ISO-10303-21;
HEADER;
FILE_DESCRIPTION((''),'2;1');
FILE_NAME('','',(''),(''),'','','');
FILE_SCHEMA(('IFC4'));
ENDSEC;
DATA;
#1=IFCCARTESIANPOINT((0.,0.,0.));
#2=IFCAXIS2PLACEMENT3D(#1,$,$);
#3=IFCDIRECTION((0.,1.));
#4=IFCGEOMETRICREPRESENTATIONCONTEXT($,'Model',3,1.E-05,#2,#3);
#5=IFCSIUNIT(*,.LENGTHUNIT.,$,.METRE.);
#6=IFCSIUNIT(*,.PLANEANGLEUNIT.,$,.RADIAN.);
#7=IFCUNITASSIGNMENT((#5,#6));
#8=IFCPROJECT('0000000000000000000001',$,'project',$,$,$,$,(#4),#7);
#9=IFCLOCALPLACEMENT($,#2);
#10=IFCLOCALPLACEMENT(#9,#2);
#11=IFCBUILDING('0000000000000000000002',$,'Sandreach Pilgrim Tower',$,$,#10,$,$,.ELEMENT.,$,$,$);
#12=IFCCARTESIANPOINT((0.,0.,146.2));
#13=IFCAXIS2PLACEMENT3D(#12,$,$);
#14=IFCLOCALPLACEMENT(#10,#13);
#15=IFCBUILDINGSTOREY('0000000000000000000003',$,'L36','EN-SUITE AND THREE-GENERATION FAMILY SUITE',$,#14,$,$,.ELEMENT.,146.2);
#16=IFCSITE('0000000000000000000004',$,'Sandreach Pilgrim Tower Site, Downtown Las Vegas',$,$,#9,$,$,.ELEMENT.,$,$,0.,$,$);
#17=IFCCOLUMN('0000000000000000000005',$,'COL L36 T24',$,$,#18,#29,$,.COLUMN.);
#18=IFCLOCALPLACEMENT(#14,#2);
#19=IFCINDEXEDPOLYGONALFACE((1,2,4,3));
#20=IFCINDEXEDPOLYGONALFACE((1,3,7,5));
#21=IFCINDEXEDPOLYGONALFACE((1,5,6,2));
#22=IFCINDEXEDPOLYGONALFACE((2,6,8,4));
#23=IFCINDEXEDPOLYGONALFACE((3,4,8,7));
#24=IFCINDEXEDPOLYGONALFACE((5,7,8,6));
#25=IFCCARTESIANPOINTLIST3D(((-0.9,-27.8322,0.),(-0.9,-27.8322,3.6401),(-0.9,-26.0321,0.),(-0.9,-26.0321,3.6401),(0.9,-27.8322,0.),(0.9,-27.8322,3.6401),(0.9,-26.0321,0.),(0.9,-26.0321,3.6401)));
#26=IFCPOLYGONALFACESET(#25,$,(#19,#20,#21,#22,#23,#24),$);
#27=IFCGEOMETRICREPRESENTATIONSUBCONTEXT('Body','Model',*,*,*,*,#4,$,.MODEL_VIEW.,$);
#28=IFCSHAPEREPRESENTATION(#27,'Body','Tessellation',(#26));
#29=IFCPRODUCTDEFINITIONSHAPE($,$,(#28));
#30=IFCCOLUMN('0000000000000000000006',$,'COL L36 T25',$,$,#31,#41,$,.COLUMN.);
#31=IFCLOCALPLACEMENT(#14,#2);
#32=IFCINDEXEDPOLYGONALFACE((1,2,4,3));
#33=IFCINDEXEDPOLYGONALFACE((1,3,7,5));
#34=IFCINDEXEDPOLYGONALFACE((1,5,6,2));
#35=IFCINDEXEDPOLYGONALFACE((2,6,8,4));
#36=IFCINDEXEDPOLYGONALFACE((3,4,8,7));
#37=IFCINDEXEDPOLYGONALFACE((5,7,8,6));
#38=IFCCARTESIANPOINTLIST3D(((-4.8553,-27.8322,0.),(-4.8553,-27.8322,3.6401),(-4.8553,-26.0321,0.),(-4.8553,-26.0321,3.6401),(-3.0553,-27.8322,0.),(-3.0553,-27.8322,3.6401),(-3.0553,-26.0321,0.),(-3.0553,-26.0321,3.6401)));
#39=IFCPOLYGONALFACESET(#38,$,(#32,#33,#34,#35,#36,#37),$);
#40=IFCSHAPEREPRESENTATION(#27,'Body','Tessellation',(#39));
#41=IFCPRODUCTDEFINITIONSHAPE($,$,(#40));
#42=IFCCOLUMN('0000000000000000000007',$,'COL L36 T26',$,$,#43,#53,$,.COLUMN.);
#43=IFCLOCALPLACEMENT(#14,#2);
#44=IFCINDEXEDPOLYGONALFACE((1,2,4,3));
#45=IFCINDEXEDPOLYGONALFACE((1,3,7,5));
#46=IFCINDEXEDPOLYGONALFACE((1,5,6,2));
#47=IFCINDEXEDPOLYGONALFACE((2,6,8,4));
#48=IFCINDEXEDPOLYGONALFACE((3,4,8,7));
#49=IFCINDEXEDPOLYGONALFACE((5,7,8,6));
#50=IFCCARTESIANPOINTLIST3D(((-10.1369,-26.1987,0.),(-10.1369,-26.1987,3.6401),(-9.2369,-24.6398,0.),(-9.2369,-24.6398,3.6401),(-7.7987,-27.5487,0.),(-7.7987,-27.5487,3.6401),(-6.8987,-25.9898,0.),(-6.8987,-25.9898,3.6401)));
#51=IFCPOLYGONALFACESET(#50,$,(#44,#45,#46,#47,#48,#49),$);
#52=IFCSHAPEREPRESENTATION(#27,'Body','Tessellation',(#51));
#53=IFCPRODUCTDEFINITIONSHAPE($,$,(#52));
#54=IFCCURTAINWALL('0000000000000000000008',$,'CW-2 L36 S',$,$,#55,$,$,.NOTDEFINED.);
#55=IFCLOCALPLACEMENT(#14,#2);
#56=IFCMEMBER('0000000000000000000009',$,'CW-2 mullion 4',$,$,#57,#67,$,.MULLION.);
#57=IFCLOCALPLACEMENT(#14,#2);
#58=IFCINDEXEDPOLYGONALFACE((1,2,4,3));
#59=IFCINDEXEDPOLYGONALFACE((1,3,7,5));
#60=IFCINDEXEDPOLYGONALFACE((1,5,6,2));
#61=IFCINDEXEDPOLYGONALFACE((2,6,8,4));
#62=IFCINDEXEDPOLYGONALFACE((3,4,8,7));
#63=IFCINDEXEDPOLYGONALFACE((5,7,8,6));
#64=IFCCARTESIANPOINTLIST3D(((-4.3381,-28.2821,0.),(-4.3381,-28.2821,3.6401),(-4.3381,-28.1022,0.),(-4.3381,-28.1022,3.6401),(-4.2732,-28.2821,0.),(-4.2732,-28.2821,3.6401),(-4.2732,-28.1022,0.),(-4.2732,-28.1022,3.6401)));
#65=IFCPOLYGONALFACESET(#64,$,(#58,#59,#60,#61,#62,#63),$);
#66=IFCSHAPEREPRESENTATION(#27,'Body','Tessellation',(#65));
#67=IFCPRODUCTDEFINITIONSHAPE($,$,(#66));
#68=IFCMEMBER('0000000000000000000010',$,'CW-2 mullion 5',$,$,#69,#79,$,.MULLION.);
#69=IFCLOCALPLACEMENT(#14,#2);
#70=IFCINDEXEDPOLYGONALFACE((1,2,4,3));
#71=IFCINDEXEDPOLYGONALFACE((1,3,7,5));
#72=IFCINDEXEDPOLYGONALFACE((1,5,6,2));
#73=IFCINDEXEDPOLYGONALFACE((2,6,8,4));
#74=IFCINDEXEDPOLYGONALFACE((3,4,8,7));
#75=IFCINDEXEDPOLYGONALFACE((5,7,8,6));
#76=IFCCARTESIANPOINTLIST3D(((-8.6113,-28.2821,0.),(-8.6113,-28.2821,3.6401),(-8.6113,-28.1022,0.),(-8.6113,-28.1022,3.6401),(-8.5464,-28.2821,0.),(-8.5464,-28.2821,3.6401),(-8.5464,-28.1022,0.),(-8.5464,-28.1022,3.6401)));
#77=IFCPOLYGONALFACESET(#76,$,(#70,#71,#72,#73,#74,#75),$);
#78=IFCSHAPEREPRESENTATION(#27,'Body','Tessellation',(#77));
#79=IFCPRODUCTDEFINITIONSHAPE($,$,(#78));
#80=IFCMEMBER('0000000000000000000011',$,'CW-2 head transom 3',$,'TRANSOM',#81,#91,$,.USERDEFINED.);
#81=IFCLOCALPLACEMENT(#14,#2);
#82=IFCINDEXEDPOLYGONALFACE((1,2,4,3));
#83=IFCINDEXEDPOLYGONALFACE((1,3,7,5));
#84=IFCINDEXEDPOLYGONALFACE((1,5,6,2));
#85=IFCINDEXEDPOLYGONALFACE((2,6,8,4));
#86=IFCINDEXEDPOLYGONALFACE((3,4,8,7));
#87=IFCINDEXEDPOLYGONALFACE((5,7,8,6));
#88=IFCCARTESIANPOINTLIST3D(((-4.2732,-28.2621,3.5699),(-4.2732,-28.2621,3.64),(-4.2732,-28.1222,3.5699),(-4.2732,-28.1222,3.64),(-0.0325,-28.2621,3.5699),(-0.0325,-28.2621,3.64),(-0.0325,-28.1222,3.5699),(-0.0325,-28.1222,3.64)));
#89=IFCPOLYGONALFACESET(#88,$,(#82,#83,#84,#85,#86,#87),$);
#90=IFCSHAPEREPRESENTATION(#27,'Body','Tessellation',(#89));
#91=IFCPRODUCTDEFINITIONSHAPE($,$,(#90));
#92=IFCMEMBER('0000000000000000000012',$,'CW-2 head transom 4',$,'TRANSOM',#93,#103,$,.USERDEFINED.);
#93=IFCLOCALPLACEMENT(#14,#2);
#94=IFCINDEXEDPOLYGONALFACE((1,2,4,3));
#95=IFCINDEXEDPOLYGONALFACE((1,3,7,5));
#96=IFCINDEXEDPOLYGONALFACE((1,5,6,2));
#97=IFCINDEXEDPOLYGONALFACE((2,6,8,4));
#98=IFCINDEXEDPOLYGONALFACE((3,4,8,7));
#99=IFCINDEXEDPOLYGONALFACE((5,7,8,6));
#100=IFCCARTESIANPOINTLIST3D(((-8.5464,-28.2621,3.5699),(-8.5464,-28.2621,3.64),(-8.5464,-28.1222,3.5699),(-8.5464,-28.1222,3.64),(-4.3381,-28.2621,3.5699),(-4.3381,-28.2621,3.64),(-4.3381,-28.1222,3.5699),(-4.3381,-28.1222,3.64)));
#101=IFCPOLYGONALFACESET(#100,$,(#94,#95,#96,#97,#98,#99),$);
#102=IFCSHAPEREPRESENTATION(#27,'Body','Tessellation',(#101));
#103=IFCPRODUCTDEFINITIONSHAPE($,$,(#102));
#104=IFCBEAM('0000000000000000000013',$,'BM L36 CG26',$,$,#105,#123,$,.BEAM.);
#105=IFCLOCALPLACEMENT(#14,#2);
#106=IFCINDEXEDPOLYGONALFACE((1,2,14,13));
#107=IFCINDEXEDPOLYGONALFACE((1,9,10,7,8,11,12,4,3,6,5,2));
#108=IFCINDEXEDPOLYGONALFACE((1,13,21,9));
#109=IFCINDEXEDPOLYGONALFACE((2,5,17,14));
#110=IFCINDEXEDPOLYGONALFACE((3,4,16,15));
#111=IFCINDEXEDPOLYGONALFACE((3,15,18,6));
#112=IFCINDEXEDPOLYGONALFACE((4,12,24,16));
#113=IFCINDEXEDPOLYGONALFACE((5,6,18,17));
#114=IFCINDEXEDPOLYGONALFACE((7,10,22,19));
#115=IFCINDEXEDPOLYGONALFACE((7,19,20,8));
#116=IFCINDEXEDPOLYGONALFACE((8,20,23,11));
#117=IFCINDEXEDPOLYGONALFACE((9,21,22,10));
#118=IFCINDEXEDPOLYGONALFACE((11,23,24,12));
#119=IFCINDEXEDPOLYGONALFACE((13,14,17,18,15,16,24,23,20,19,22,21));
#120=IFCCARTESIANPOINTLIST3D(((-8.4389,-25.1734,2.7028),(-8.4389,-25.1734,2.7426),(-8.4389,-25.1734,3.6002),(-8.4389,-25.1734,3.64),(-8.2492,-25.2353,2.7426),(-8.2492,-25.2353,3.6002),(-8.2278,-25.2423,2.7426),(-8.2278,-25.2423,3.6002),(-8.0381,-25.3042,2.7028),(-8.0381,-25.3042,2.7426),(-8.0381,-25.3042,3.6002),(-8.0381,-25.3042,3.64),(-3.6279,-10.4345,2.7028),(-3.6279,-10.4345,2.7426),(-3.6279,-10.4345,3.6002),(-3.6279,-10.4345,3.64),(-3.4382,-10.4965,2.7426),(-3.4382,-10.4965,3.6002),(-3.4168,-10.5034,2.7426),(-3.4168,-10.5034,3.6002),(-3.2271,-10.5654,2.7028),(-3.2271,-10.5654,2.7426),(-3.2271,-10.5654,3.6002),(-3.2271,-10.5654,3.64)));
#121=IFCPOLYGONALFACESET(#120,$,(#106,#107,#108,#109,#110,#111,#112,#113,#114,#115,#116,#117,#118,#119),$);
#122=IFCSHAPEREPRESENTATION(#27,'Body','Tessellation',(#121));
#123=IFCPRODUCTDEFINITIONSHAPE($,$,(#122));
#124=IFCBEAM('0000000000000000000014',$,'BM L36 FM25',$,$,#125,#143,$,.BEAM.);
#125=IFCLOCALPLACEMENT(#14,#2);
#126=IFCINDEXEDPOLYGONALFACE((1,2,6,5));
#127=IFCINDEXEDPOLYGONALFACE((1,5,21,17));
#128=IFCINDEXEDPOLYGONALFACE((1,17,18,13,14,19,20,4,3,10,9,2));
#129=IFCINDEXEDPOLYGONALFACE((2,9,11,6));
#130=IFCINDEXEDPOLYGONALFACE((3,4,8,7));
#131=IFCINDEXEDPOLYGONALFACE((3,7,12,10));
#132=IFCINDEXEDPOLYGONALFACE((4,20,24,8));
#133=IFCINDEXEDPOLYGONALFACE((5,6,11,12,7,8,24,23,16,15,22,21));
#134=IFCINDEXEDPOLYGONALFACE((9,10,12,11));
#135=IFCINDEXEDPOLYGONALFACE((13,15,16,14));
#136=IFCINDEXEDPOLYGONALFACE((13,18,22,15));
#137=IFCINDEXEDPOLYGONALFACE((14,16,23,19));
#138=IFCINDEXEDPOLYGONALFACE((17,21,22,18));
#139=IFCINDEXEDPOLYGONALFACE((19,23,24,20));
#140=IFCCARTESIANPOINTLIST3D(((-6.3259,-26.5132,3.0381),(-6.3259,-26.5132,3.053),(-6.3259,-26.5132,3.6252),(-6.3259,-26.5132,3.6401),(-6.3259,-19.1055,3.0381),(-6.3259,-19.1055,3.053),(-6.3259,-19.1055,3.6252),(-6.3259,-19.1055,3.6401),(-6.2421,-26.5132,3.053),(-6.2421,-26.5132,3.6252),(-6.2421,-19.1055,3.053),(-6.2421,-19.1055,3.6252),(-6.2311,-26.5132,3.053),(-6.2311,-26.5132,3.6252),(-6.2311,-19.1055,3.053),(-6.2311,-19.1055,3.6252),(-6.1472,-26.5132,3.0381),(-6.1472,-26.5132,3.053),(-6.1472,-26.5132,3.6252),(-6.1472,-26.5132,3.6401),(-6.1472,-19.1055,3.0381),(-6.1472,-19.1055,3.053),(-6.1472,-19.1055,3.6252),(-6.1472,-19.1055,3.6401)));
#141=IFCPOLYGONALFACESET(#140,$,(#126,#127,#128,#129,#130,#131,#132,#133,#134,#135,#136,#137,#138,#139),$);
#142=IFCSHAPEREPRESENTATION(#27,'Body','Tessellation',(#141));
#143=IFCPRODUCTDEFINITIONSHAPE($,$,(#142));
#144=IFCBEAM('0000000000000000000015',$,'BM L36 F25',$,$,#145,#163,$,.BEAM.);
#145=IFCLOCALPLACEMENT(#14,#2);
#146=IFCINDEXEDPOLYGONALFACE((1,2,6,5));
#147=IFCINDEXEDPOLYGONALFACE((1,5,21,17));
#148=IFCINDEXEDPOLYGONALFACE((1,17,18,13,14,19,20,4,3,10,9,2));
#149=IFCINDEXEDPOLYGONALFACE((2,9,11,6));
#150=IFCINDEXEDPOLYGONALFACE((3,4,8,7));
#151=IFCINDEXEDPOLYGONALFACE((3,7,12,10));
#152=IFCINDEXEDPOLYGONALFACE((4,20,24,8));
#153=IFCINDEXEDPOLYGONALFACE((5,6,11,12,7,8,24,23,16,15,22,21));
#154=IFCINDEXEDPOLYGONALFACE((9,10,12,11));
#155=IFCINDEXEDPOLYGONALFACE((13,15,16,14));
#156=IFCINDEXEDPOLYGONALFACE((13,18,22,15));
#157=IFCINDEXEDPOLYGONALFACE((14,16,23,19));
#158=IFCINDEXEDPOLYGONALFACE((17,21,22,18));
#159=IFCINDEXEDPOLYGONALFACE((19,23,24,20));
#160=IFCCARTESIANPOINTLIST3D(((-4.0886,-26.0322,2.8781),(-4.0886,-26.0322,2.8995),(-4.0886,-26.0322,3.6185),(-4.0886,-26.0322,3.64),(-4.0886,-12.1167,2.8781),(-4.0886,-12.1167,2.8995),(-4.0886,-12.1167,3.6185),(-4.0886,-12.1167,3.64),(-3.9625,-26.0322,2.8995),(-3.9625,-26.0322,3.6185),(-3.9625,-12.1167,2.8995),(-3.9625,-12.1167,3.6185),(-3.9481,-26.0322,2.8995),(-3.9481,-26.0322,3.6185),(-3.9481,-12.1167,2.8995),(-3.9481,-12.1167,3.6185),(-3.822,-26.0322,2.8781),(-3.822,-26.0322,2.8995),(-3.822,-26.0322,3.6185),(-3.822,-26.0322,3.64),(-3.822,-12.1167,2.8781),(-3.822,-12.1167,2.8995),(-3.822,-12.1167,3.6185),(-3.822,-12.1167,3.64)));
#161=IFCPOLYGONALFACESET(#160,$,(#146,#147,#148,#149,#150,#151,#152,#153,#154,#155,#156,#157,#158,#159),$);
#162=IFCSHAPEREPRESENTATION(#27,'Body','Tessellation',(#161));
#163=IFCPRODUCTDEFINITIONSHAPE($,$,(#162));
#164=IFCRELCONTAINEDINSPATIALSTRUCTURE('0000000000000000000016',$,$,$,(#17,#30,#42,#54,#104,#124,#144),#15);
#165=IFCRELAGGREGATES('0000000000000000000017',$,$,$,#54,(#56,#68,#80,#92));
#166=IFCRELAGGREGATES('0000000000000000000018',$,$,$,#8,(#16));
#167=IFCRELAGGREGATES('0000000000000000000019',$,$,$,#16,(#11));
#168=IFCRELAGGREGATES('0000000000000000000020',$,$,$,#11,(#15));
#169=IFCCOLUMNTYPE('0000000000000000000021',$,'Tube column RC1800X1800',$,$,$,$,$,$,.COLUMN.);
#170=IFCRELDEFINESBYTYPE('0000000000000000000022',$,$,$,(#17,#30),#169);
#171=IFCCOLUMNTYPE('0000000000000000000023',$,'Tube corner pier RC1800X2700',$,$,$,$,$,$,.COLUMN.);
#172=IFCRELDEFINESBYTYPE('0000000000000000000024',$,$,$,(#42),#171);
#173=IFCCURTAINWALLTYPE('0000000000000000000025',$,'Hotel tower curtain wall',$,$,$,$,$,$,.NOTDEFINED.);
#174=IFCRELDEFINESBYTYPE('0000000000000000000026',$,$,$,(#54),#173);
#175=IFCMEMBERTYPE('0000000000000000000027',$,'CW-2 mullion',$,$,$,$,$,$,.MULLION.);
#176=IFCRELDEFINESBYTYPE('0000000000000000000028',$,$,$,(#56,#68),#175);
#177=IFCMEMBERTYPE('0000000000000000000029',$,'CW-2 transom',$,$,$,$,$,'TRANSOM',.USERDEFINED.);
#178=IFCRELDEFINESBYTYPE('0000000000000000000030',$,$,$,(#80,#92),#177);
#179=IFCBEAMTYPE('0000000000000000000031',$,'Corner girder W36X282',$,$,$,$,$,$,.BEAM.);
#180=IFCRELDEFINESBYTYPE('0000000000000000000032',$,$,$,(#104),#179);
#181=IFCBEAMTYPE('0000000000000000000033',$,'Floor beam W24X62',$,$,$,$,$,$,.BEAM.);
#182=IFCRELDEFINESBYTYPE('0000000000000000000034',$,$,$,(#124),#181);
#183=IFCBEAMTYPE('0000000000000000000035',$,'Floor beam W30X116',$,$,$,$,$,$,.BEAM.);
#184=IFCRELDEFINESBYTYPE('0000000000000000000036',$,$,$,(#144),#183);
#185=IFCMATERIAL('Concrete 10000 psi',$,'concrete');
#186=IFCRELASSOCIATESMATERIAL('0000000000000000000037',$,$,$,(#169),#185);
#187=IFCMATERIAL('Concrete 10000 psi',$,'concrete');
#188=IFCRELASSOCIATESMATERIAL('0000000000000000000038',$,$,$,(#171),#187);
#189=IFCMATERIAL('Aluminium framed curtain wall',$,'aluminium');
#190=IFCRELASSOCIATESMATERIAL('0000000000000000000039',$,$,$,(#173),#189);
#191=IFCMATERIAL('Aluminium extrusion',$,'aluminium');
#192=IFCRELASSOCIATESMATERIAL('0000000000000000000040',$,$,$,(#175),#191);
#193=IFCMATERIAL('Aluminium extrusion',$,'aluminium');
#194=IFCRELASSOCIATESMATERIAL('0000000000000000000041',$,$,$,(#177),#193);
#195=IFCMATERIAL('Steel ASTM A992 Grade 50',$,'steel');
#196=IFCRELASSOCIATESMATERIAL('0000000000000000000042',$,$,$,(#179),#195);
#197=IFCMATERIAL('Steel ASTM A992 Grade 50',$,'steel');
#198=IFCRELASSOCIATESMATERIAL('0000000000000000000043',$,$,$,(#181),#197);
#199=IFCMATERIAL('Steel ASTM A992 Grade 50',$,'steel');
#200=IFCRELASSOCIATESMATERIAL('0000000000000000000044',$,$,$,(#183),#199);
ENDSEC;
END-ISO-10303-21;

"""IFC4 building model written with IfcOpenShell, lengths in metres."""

from ifc_helpers import new_model, si_unit, direction, frame, origin, origin_2d, place, context, subcontext, project, spatial, rectangle, i_section, extrude, clip, halfspace, material, material_profile, profile_set, type_object, element, aggregate, save


model = new_model("IFC4")

# Units and contexts
model_context = context("Model", 3, precision=1e-05, world=origin(), true_north=direction((0.0, 1.0)))
body_context = subcontext(model_context, "Body", "Model", "MODEL_VIEW")
ifc_project = project(units=[si_unit("LENGTHUNIT", "METRE"), si_unit("PLANEANGLEUNIT", "RADIAN")], contexts=[model_context])

# Site, building, storey
site_placement = place(None, origin())
site = spatial("IfcSite", under=ifc_project, at=site_placement, Name="Sandreach Pilgrim Tower Site, Downtown Las Vegas", CompositionType="ELEMENT", RefElevation=0.0)
building_placement = place(site_placement, origin())
building = spatial("IfcBuilding", under=site, at=building_placement, Name="Sandreach Pilgrim Tower", CompositionType="ELEMENT")
storey_placement = place(building_placement, frame((0.0, 0.0, 146.2)))
storey = spatial("IfcBuildingStorey", under=building, at=storey_placement, Name="L36", Description="EN-SUITE AND THREE-GENERATION FAMILY SUITE", CompositionType="ELEMENT", Elevation=146.2)

# Columns
ifc_material_1 = material(Name="Concrete 10000 psi", Category="concrete")
ifc_material_profile_1 = material_profile(ifc_material_1, rectangle(XDim=1.8, YDim=1.8, at=origin_2d()), Name="RC1800X1800")
ifc_profile_set_1 = profile_set([ifc_material_profile_1], Name="Concrete 10000 psi")
column_type_1 = type_object("IfcColumnType", Name="Tube column RC1800X1800", PredefinedType="COLUMN", material=ifc_profile_set_1)
column_1_placement = place(storey_placement, frame((0.0, -26.9321, 0.0), z_axis=(0.0, 0.0, 1.0), x_axis=(0.0, -1.0, 0.0)))
element("IfcColumn", 1, at=column_1_placement, inside=storey, type_object=column_type_1, Name="COL L36 T24", PredefinedType="COLUMN", context=body_context, shape_type="SweptSolid", body=[
    clip(extrude(rectangle(XDim=1.8, YDim=1.8, at=origin_2d()), origin(), (0.0, 0.0, 1.0), 3.7468), halfspace(frame((0.0, 0.0, 3.6401)), False)),
])
column_2_placement = place(storey_placement, frame((-3.9553, -26.9321, 0.0), z_axis=(0.0, 0.0, 1.0), x_axis=(0.0, -1.0, 0.0)))
element("IfcColumn", 2, at=column_2_placement, inside=storey, type_object=column_type_1, Name="COL L36 T25", PredefinedType="COLUMN", context=body_context, shape_type="SweptSolid", body=[
    clip(extrude(rectangle(XDim=1.8, YDim=1.8, at=origin_2d()), origin(), (0.0, 0.0, 1.0), 3.7393), halfspace(frame((0.0, 0.0, 3.6401)), False)),
])
ifc_material_2 = material(Name="Concrete 10000 psi", Category="concrete")
ifc_material_profile_2 = material_profile(ifc_material_2, rectangle(XDim=1.8, YDim=2.7, at=origin_2d()), Name="RC1800X2700")
ifc_profile_set_2 = profile_set([ifc_material_profile_2], Name="Concrete 10000 psi")
column_type_2 = type_object("IfcColumnType", Name="Tube corner pier RC1800X2700", PredefinedType="COLUMN", material=ifc_profile_set_2)
column_3_placement = place(storey_placement, frame((-8.5178, -26.0942, 0.0), z_axis=(0.0, 0.0, 1.0), x_axis=(-0.5, -0.866025, 0.0)))
element("IfcColumn", 3, at=column_3_placement, inside=storey, type_object=column_type_2, Name="COL L36 T26", PredefinedType="COLUMN", context=body_context, shape_type="SweptSolid", body=[
    clip(extrude(rectangle(XDim=1.8, YDim=2.7, at=origin_2d()), origin(), (0.0, 0.0, 1.0), 3.7288), halfspace(frame((0.0, 0.0, 3.6401)), False)),
])

# Curtain wall, members
ifc_material_3 = material(Name="Aluminium framed curtain wall", Category="aluminium")
curtain_wall_type = type_object("IfcCurtainWallType", Name="Hotel tower curtain wall", PredefinedType="NOTDEFINED", material=ifc_material_3)
curtain_wall_placement = place(storey_placement, origin())
curtain_wall = element("IfcCurtainWall", 4, at=curtain_wall_placement, inside=storey, type_object=curtain_wall_type, Name="CW-2 L36 S", PredefinedType="NOTDEFINED")
ifc_material_4 = material(Name="Aluminium extrusion", Category="aluminium")
ifc_material_profile_3 = material_profile(ifc_material_4, rectangle(XDim=0.0649, YDim=0.1799, at=origin_2d()), Name="CW-2M 65X180")
ifc_profile_set_3 = profile_set([ifc_material_profile_3], Name="Aluminium extrusion")
member_type_1 = type_object("IfcMemberType", Name="CW-2 mullion", PredefinedType="MULLION", material=ifc_profile_set_3)
member_1_placement = place(storey_placement, frame((-4.3057, -28.1921, 0.0), z_axis=(0.0, 0.0, 1.0), x_axis=(-1.0, 0.0, 0.0)))
member_1 = element("IfcMember", 5, at=member_1_placement, type_object=member_type_1, Name="CW-2 mullion 4", PredefinedType="MULLION", context=body_context, shape_type="SweptSolid", body=[
    extrude(rectangle(XDim=0.0649, YDim=0.1799, at=origin_2d()), origin(), (0.0, 0.0, 1.0), 3.6401),
])
member_2_placement = place(storey_placement, frame((-8.5789, -28.1921, 0.0), z_axis=(0.0, 0.0, 1.0), x_axis=(-1.0, 0.0, 0.0)))
member_2 = element("IfcMember", 6, at=member_2_placement, type_object=member_type_1, Name="CW-2 mullion 5", PredefinedType="MULLION", context=body_context, shape_type="SweptSolid", body=[
    extrude(rectangle(XDim=0.0649, YDim=0.1799, at=origin_2d()), origin(), (0.0, 0.0, 1.0), 3.6401),
])
ifc_material_5 = material(Name="Aluminium extrusion", Category="aluminium")
ifc_material_profile_4 = material_profile(ifc_material_5, rectangle(XDim=0.1399, YDim=0.0701, at=origin_2d()), Name="CW-2T 140X70")
ifc_profile_set_4 = profile_set([ifc_material_profile_4], Name="Aluminium extrusion")
member_type_2 = type_object("IfcMemberType", Name="CW-2 transom", ElementType="TRANSOM", PredefinedType="USERDEFINED", material=ifc_profile_set_4)
member_3_placement = place(storey_placement, frame((-0.0325, -28.1921, 3.605), z_axis=(-1.0, 0.0, 0.0), x_axis=(0.0, -1.0, 0.0)))
member_3 = element("IfcMember", 7, at=member_3_placement, type_object=member_type_2, Name="CW-2 head transom 3", ObjectType="TRANSOM", PredefinedType="USERDEFINED", context=body_context, shape_type="SweptSolid", body=[
    extrude(rectangle(XDim=0.1399, YDim=0.0701, at=origin_2d()), origin(), (0.0, 0.0, 1.0), 4.2407),
])
member_4_placement = place(storey_placement, frame((-4.3381, -28.1921, 3.605), z_axis=(-1.0, 0.0, 0.0), x_axis=(0.0, -1.0, 0.0)))
member_4 = element("IfcMember", 8, at=member_4_placement, type_object=member_type_2, Name="CW-2 head transom 4", ObjectType="TRANSOM", PredefinedType="USERDEFINED", context=body_context, shape_type="SweptSolid", body=[
    extrude(rectangle(XDim=0.1399, YDim=0.0701, at=origin_2d()), origin(), (0.0, 0.0, 1.0), 4.2083),
])

# Beams
ifc_material_6 = material(Name="Steel ASTM A992 Grade 50", Category="steel")
ifc_material_profile_5 = material_profile(ifc_material_6, i_section(OverallWidth=0.4216, OverallDepth=0.9373, WebThickness=0.0225, FlangeThickness=0.0398, at=origin_2d()), Name="W36X282")
ifc_profile_set_5 = profile_set([ifc_material_profile_5], Name="Steel ASTM A992 Grade 50")
beam_type_1 = type_object("IfcBeamType", Name="Corner girder W36X282", PredefinedType="BEAM", material=ifc_profile_set_5)
beam_1_placement = place(storey_placement, frame((-8.2385, -25.2388, 3.1714), z_axis=(0.310307, 0.950636, 0.0), x_axis=(-0.950636, 0.310307, 0.0)))
element("IfcBeam", 9, at=beam_1_placement, inside=storey, type_object=beam_type_1, Name="BM L36 CG26", PredefinedType="BEAM", context=body_context, shape_type="SweptSolid", body=[
    extrude(i_section(OverallWidth=0.4216, OverallDepth=0.9373, WebThickness=0.0225, FlangeThickness=0.0398, at=origin_2d()), origin(), (0.0, 0.0, 1.0), 15.5042),
])
ifc_material_7 = material(Name="Steel ASTM A992 Grade 50", Category="steel")
ifc_material_profile_6 = material_profile(ifc_material_7, i_section(OverallWidth=0.1787, OverallDepth=0.6021, WebThickness=0.011, FlangeThickness=0.0149, at=origin_2d()), Name="W24X62")
ifc_profile_set_6 = profile_set([ifc_material_profile_6], Name="Steel ASTM A992 Grade 50")
beam_type_2 = type_object("IfcBeamType", Name="Floor beam W24X62", PredefinedType="BEAM", material=ifc_profile_set_6)
beam_2_placement = place(storey_placement, frame((-6.2366, -26.5132, 3.3391), z_axis=(0.0, 1.0, 0.0), x_axis=(-1.0, 0.0, 0.0)))
element("IfcBeam", 10, at=beam_2_placement, inside=storey, type_object=beam_type_2, Name="BM L36 FM25", PredefinedType="BEAM", context=body_context, shape_type="SweptSolid", body=[
    extrude(i_section(OverallWidth=0.1787, OverallDepth=0.6021, WebThickness=0.011, FlangeThickness=0.0149, at=origin_2d()), origin(), (0.0, 0.0, 1.0), 7.4077),
])
ifc_material_8 = material(Name="Steel ASTM A992 Grade 50", Category="steel")
ifc_material_profile_7 = material_profile(ifc_material_8, i_section(OverallWidth=0.2666, OverallDepth=0.762, WebThickness=0.0144, FlangeThickness=0.0215, at=origin_2d()), Name="W30X116")
ifc_profile_set_7 = profile_set([ifc_material_profile_7], Name="Steel ASTM A992 Grade 50")
beam_type_3 = type_object("IfcBeamType", Name="Floor beam W30X116", PredefinedType="BEAM", material=ifc_profile_set_7)
beam_3_placement = place(storey_placement, frame((-3.9553, -26.0322, 3.259), z_axis=(0.0, 1.0, 0.0), x_axis=(-1.0, 0.0, 0.0)))
element("IfcBeam", 11, at=beam_3_placement, inside=storey, type_object=beam_type_3, Name="BM L36 F25", PredefinedType="BEAM", context=body_context, shape_type="SweptSolid", body=[
    extrude(i_section(OverallWidth=0.2666, OverallDepth=0.762, WebThickness=0.0144, FlangeThickness=0.0215, at=origin_2d()), origin(), (0.0, 0.0, 1.0), 13.9155),
])

aggregate(curtain_wall, [member_1, member_2, member_3, member_4])

save(model, "model.ifc")
